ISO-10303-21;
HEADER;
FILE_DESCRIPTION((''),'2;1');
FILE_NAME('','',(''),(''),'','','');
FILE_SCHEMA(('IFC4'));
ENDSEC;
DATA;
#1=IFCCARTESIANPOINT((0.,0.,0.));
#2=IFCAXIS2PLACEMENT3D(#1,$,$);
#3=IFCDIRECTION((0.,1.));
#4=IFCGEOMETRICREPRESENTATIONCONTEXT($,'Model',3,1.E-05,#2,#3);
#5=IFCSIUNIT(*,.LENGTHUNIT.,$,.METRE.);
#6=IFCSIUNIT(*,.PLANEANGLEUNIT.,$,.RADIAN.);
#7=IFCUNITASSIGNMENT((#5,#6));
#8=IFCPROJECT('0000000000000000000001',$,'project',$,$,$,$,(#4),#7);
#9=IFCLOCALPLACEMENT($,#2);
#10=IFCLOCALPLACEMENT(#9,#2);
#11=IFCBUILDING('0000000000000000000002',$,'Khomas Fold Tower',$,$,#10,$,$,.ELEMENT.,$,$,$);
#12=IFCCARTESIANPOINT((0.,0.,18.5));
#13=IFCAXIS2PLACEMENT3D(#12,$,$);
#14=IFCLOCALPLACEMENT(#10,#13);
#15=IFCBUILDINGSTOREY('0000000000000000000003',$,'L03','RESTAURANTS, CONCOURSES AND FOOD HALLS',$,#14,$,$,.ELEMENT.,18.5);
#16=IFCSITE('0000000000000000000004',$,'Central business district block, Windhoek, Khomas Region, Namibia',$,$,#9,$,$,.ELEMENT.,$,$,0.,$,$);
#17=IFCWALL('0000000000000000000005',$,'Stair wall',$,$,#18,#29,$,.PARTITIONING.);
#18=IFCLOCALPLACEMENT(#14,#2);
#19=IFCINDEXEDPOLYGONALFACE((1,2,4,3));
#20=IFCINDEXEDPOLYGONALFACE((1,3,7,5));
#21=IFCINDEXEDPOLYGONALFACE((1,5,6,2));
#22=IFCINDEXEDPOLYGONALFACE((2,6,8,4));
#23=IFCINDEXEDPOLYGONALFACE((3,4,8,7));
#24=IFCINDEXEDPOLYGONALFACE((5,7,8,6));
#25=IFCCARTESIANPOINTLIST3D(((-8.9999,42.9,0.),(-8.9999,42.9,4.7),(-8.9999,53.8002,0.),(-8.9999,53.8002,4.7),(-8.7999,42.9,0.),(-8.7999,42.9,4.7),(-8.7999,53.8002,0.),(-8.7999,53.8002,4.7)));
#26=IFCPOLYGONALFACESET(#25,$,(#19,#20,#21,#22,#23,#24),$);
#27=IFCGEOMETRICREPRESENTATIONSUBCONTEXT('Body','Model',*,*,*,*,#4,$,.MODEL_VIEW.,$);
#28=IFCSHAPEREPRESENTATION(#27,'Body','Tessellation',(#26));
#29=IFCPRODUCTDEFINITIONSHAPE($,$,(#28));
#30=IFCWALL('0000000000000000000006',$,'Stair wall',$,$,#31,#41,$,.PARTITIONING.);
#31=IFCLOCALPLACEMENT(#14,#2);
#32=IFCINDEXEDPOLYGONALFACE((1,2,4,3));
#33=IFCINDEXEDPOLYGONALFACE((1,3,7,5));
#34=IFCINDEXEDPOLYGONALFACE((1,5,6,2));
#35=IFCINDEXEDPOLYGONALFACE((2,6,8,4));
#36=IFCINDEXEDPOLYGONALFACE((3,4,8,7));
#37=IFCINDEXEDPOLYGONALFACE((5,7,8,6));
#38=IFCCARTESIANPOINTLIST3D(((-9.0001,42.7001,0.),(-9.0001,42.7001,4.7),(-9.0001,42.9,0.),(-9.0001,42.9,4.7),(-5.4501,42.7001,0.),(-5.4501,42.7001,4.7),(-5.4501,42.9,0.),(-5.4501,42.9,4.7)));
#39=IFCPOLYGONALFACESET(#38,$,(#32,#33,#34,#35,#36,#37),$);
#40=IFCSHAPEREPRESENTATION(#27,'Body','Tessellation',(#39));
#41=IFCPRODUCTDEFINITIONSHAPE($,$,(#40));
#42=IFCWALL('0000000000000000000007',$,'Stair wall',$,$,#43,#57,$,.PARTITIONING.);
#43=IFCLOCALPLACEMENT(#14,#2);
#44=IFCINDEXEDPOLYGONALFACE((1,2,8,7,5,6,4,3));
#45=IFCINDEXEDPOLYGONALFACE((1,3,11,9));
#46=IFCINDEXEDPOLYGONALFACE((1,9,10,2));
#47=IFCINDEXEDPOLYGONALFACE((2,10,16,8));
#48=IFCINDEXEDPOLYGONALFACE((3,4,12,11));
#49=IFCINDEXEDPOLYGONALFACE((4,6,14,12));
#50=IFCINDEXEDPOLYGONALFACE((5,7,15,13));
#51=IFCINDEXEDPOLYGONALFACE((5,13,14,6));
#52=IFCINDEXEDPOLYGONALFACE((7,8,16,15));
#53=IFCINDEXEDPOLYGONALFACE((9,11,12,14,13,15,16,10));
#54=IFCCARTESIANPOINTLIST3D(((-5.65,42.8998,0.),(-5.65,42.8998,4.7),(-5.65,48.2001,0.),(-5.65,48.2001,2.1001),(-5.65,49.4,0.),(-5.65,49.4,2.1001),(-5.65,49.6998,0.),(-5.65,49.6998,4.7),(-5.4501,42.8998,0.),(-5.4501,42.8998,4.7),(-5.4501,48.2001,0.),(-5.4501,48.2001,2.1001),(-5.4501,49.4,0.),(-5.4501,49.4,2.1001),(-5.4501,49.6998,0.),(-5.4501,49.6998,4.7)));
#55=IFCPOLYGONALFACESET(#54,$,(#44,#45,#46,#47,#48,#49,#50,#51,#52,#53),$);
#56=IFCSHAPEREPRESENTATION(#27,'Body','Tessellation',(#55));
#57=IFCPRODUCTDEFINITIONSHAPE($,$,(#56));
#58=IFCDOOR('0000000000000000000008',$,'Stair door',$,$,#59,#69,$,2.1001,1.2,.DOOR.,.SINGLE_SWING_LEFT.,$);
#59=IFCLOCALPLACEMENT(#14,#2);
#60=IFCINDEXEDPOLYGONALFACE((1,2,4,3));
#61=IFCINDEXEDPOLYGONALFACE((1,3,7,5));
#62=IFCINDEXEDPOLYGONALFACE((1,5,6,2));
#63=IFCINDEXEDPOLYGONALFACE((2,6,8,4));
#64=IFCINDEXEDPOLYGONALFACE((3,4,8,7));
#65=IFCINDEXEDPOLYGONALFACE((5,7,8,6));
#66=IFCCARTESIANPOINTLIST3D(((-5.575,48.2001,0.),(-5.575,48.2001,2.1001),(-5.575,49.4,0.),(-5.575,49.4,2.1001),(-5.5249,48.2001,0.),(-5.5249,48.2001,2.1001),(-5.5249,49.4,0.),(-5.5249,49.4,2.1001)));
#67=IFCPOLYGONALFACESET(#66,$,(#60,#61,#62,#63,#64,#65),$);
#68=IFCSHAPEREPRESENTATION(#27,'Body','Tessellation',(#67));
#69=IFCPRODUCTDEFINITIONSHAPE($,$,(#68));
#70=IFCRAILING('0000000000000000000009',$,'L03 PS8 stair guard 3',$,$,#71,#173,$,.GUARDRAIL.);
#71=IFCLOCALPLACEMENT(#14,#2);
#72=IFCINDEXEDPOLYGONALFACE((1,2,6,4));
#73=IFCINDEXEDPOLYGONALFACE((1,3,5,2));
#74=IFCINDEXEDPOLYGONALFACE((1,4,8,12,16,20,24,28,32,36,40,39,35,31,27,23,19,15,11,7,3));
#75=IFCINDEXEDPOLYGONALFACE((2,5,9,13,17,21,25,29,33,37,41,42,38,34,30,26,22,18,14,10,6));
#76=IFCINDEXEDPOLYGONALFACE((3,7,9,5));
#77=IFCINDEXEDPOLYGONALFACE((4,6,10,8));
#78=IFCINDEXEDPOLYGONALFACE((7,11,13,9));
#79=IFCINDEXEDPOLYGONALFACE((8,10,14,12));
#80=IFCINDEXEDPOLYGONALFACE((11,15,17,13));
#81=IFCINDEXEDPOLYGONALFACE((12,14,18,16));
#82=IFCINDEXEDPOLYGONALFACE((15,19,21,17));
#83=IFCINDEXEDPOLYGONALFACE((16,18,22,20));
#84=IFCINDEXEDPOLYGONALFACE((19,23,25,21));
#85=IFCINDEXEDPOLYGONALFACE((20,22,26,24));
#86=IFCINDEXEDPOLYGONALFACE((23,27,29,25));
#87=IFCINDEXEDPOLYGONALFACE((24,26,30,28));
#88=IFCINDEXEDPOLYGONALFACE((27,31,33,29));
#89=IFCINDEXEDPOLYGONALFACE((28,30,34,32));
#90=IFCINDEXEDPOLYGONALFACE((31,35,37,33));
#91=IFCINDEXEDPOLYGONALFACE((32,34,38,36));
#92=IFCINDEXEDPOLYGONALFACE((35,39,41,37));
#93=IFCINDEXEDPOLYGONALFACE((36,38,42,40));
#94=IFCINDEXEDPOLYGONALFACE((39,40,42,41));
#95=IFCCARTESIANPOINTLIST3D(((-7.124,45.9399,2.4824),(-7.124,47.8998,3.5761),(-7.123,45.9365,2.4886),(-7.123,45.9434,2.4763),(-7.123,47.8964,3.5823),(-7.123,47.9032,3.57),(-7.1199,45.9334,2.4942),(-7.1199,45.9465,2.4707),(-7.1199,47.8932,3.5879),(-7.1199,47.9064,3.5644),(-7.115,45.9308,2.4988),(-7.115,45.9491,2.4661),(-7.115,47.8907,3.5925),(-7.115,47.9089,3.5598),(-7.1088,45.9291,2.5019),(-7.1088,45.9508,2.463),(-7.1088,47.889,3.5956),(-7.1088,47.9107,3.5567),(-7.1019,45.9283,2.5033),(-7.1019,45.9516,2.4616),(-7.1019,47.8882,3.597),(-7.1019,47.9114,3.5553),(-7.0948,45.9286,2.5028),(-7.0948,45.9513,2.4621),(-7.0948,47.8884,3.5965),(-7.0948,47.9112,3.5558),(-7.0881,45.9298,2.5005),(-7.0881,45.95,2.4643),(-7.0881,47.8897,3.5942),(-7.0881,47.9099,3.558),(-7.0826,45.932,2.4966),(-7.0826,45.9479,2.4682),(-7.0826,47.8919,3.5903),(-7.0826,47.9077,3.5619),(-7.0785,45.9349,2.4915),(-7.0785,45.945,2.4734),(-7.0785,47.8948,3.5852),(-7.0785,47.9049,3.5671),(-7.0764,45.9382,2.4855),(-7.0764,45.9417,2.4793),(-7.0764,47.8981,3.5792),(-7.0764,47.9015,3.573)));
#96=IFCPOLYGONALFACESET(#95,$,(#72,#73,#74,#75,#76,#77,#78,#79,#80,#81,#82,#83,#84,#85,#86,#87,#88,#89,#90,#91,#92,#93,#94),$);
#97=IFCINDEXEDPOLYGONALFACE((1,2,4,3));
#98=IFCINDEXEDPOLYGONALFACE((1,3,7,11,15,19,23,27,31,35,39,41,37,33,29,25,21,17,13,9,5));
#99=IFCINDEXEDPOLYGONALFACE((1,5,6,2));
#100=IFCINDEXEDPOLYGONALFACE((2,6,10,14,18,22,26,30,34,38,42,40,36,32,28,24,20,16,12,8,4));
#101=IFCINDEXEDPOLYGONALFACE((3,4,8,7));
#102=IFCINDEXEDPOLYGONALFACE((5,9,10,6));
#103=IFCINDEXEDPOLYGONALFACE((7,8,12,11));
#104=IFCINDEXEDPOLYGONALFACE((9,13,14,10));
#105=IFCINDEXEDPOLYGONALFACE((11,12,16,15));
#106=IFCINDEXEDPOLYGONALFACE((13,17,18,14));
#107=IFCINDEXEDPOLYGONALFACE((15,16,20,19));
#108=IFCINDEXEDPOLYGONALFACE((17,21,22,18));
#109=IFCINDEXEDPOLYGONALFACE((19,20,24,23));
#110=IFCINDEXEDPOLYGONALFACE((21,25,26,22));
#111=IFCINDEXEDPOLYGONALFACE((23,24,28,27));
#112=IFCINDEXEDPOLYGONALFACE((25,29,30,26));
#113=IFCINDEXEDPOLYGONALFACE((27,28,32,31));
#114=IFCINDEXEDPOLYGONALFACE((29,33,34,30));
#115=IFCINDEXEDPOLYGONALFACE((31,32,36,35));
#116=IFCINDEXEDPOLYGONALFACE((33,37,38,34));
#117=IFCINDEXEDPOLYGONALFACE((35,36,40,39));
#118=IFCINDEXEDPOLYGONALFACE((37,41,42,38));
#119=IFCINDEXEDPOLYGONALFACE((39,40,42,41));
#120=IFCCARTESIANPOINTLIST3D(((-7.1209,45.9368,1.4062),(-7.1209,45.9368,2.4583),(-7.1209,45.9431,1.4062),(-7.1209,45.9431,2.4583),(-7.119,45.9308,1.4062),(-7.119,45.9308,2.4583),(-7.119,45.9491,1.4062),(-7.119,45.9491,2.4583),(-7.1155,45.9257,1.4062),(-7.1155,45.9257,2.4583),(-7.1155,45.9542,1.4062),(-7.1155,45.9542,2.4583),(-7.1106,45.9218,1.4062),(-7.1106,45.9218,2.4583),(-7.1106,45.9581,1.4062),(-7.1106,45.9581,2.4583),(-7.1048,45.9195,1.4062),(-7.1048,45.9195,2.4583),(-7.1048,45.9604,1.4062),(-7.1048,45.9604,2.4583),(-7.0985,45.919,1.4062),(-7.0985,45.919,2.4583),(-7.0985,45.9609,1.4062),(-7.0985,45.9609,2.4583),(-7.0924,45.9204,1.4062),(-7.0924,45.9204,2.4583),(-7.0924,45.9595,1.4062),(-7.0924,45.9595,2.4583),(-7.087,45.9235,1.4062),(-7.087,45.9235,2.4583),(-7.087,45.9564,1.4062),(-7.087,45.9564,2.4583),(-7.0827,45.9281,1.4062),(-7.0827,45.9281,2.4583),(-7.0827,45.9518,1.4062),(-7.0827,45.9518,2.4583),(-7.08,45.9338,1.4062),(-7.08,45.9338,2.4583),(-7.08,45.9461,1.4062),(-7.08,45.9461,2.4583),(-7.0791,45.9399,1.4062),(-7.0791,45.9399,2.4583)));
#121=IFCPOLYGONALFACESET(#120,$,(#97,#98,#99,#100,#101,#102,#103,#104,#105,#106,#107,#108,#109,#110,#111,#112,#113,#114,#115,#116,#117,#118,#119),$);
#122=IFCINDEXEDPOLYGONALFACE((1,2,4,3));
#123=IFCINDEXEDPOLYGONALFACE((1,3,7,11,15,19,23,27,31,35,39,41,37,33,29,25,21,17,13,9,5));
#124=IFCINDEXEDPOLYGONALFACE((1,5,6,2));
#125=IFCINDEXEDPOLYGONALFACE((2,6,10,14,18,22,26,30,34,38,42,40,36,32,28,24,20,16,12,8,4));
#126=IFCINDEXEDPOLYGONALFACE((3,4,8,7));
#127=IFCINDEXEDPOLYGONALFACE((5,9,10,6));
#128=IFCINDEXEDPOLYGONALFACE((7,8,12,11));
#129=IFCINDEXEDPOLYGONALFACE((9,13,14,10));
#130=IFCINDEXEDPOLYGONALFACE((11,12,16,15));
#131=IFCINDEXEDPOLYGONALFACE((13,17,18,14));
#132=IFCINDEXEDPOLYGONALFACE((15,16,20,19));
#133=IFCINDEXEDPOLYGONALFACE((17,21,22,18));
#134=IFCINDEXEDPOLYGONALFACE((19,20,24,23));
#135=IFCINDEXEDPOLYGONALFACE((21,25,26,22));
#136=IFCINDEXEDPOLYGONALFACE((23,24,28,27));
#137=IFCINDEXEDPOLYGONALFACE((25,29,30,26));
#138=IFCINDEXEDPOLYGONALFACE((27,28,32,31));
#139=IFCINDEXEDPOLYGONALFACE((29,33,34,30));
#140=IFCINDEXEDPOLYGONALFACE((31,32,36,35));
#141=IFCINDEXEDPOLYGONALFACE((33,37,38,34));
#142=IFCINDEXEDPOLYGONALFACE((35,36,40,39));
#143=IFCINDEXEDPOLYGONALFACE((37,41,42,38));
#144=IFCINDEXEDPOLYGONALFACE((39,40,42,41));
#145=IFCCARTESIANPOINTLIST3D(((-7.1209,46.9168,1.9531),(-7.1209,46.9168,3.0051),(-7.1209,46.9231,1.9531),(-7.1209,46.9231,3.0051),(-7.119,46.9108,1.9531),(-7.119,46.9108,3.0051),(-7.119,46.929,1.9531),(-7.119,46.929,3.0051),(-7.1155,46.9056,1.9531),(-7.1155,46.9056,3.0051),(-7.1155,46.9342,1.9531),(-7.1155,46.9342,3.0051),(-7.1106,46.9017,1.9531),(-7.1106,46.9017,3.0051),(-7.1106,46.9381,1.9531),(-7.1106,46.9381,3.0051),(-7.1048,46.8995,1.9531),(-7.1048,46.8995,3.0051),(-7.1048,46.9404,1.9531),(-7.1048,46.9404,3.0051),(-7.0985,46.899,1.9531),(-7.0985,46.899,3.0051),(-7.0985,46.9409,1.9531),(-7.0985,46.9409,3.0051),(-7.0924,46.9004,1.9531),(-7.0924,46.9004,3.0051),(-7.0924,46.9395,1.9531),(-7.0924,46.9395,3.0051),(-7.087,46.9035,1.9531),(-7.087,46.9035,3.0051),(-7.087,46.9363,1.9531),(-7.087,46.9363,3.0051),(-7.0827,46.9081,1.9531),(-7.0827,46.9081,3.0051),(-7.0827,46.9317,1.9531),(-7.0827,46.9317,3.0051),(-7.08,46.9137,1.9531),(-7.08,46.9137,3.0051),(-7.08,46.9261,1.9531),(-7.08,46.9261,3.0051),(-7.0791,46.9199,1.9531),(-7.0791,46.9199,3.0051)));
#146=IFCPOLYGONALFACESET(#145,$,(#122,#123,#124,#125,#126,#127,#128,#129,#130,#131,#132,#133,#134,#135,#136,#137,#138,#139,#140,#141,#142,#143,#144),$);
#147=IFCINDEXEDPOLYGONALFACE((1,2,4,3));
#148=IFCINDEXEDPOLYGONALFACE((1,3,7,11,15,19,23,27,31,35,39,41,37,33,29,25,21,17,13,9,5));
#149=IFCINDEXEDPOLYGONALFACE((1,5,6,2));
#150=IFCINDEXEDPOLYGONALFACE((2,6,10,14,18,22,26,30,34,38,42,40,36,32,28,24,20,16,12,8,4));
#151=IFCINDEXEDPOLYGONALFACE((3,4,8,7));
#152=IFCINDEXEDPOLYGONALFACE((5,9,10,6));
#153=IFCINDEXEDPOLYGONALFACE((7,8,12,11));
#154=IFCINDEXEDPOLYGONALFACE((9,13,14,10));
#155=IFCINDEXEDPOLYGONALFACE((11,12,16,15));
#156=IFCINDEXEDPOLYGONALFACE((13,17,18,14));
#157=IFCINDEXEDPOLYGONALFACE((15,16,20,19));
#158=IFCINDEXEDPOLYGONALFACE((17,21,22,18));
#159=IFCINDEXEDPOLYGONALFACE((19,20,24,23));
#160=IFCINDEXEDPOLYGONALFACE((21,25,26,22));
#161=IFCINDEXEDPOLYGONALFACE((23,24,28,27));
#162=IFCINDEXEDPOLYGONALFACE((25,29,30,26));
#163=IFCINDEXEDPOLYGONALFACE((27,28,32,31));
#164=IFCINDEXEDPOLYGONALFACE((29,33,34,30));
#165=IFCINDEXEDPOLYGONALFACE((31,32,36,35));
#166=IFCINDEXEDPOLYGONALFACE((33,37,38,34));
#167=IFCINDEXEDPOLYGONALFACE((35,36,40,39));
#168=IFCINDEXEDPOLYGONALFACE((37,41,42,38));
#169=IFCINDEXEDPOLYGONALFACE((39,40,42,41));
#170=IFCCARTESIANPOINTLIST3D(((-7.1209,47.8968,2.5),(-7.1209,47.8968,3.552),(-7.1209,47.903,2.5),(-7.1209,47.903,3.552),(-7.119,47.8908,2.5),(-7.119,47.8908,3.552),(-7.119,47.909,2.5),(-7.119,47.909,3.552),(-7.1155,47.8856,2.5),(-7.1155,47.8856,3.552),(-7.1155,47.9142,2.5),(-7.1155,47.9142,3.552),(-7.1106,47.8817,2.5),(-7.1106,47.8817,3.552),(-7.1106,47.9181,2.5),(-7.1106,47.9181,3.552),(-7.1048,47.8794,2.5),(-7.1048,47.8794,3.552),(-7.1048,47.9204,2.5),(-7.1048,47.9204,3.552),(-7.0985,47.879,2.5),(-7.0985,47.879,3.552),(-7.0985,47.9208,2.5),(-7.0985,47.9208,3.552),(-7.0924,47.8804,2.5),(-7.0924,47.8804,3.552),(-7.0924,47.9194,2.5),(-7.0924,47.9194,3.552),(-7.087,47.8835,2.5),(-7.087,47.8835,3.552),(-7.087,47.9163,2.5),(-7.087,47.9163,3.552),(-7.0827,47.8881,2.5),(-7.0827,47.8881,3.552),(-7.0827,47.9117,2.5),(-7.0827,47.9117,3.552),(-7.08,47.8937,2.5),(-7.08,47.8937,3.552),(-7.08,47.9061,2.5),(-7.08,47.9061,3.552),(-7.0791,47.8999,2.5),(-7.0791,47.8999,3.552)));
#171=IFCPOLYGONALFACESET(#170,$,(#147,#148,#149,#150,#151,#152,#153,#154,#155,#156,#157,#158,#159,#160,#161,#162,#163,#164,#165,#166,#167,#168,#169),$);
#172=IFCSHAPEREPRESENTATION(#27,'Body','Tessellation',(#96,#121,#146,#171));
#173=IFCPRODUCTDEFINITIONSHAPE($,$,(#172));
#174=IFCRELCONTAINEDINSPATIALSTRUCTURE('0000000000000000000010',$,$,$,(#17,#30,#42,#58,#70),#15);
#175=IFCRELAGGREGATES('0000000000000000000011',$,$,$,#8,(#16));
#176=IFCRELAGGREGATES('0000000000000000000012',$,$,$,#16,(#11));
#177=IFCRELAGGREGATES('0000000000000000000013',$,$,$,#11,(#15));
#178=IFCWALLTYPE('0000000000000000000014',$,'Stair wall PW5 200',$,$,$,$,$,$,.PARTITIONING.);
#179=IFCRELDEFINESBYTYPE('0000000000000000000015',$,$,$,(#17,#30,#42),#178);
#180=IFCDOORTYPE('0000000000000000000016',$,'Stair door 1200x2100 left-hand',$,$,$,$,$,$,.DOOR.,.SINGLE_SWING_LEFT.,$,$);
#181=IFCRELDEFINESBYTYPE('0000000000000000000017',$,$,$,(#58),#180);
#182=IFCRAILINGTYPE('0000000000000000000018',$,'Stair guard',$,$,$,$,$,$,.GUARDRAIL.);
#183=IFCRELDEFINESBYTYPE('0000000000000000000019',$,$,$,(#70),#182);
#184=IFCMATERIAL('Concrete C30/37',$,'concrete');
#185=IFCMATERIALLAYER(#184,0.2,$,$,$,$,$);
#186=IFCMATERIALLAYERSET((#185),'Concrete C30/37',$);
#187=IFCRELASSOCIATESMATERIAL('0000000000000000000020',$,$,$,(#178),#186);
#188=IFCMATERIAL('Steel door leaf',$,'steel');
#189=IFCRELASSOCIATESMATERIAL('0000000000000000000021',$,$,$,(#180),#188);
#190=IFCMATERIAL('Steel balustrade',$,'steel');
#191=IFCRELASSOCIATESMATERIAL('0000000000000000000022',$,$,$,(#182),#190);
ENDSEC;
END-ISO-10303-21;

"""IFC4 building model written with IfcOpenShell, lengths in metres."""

from ifc_helpers import new_model, si_unit, direction, frame, frame_2d, origin, origin_2d, place, context, subcontext, project, spatial, rectangle, circle, extrude, source, transform, mapped, material, layer, layer_set, type_object, element, fill, save


model = new_model("IFC4")

# Units and contexts
model_context = context("Model", 3, precision=1e-05, world=origin(), true_north=direction((0.0, 1.0)))
body_context = subcontext(model_context, "Body", "Model", "MODEL_VIEW")
ifc_project = project(units=[si_unit("LENGTHUNIT", "METRE"), si_unit("PLANEANGLEUNIT", "RADIAN")], contexts=[model_context])

# Site, building, storey
site_placement = place(None, origin())
site = spatial("IfcSite", under=ifc_project, at=site_placement, Name="Central business district block, Windhoek, Khomas Region, Namibia", CompositionType="ELEMENT", RefElevation=0.0)
building_placement = place(site_placement, origin())
building = spatial("IfcBuilding", under=site, at=building_placement, Name="Khomas Fold Tower", CompositionType="ELEMENT")
storey_placement = place(building_placement, frame((0.0, 0.0, 18.5)))
storey = spatial("IfcBuildingStorey", under=building, at=storey_placement, Name="L03", Description="RESTAURANTS, CONCOURSES AND FOOD HALLS", CompositionType="ELEMENT", Elevation=18.5)

# Walls
ifc_material_1 = material(Name="Concrete C30/37", Category="concrete")
ifc_layer_1 = layer(ifc_material_1, 0.2)
ifc_layer_set_1 = layer_set([ifc_layer_1], Name="Concrete C30/37")
wall_type_1 = type_object("IfcWallType", Name="Stair wall PW5 200", PredefinedType="PARTITIONING", material=ifc_layer_set_1)
shared_shape_1 = source(origin(), body_context, "Body", "SweptSolid", [
    extrude(rectangle(XDim=10.9001, YDim=0.2, at=frame_2d((5.4502, 0.0))), origin(), (0.0, 0.0, 1.0), 4.7),
])
wall_1_placement = place(storey_placement, frame((-8.8999, 42.8999, 0.0), z_axis=(0.0, 0.0, 1.0), x_axis=(0.0, 1.0, 0.0)))
element("IfcWall", 1, at=wall_1_placement, inside=storey, type_object=wall_type_1, Name="Stair wall", PredefinedType="PARTITIONING", context=body_context, shape_type="MappedRepresentation", body=[
    mapped(shared_shape_1, transform((0.0, 0.0, 0.0))),
])
shared_shape_2 = source(origin(), body_context, "Body", "SweptSolid", [
    extrude(rectangle(XDim=3.55, YDim=0.2, at=frame_2d((1.7749, 0.0))), origin(), (0.0, 0.0, 1.0), 4.7),
])
wall_2_placement = place(storey_placement, frame((-9.0, 42.8, 0.0), z_axis=(0.0, 0.0, 1.0), x_axis=(1.0, 0.0, 0.0)))
element("IfcWall", 2, at=wall_2_placement, inside=storey, type_object=wall_type_1, Name="Stair wall", PredefinedType="PARTITIONING", context=body_context, shape_type="MappedRepresentation", body=[
    mapped(shared_shape_2, transform((0.0, 0.0, 0.0))),
])

# Wall, opening, door
shared_shape_3 = source(origin(), body_context, "Body", "SweptSolid", [
    extrude(rectangle(XDim=6.8, YDim=0.2, at=frame_2d((3.3999, 0.0))), origin(), (0.0, 0.0, 1.0), 4.7),
])
wall_3_placement = place(storey_placement, frame((-5.55, 42.8999, 0.0), z_axis=(0.0, 0.0, 1.0), x_axis=(0.0, 1.0, 0.0)))
wall_3 = element("IfcWall", 3, at=wall_3_placement, inside=storey, type_object=wall_type_1, Name="Stair wall", PredefinedType="PARTITIONING", context=body_context, shape_type="MappedRepresentation", body=[
    mapped(shared_shape_3, transform((0.0, 0.0, 0.0))),
])
shared_shape_4 = source(origin(), body_context, "Body", "SweptSolid", [
    extrude(rectangle(XDim=1.2, YDim=2.1001, at=frame_2d((0.6001, 1.05))), frame((0.0, 0.1099, 0.0), z_axis=(0.0, -1.0, 0.0), x_axis=(1.0, 0.0, 0.0)), (0.0, 0.0, 1.0), 0.22),
])
opening_1_placement = place(wall_3_placement, frame((5.3, 0.0, 0.0)))
opening_1 = element("IfcOpeningElement", 4, at=opening_1_placement, cuts=wall_3, PredefinedType="OPENING", context=body_context, shape_type="MappedRepresentation", body=[
    mapped(shared_shape_4, transform((0.0, 0.0, 0.0))),
])
ifc_material_2 = material(Name="Steel door leaf", Category="steel")
door_type = type_object("IfcDoorType", Name="Stair door 1200x2100 left-hand", OperationType="SINGLE_SWING_LEFT", PredefinedType="DOOR", material=ifc_material_2)
shared_shape_5 = source(origin(), body_context, "Body", "SweptSolid", [
    extrude(rectangle(XDim=1.2, YDim=2.1001, at=frame_2d((0.6001, 1.05))), frame((0.0, 0.0249, 0.0), z_axis=(0.0, -1.0, 0.0), x_axis=(1.0, 0.0, 0.0)), (0.0, 0.0, 1.0), 0.05),
])
door_placement = place(opening_1_placement, origin())
door = element("IfcDoor", 5, at=door_placement, inside=storey, type_object=door_type, Name="Stair door", OperationType="SINGLE_SWING_LEFT", OverallHeight=2.1001, OverallWidth=1.2, PredefinedType="DOOR", context=body_context, shape_type="MappedRepresentation", body=[
    mapped(shared_shape_5, transform((0.0, 0.0, 0.0))),
])
fill(opening_1, door)

# Railing
ifc_material_3 = material(Name="Steel balustrade", Category="steel")
railing_type_1 = type_object("IfcRailingType", Name="Stair guard", PredefinedType="GUARDRAIL", material=ifc_material_3)
shared_shape_6 = source(origin(), body_context, "Body", "SweptSolid", [
    extrude(circle(Radius=0.0239, at=origin_2d()), frame((0.0, 0.0, 1.0762), z_axis=(0.0, 0.873232, 0.487304), x_axis=(-1.0, 0.0, 0.0)), (0.0, 0.0, 1.0), 2.2444),
    extrude(circle(Radius=0.021, at=origin_2d()), origin(), (0.0, 0.0, 1.0), 1.052),
    extrude(circle(Radius=0.021, at=origin_2d()), frame((0.0, 0.98, 0.5469)), (0.0, 0.0, 1.0), 1.052),
    extrude(circle(Radius=0.021, at=origin_2d()), frame((0.0, 1.96, 1.0938)), (0.0, 0.0, 1.0), 1.052),
])
for number, where, name in (
    (6, (-7.1001, 45.9399, 1.4062), "L03 PS8 stair guard 3"),
):
    element("IfcRailing", number, at=place(storey_placement, frame(where)), inside=storey, type_object=railing_type_1, Name=name, PredefinedType="GUARDRAIL", context=body_context, shape_type="MappedRepresentation", body=[
        mapped(shared_shape_6, transform((0.0, 0.0, 0.0))),
    ])

save(model, "model.ifc")
